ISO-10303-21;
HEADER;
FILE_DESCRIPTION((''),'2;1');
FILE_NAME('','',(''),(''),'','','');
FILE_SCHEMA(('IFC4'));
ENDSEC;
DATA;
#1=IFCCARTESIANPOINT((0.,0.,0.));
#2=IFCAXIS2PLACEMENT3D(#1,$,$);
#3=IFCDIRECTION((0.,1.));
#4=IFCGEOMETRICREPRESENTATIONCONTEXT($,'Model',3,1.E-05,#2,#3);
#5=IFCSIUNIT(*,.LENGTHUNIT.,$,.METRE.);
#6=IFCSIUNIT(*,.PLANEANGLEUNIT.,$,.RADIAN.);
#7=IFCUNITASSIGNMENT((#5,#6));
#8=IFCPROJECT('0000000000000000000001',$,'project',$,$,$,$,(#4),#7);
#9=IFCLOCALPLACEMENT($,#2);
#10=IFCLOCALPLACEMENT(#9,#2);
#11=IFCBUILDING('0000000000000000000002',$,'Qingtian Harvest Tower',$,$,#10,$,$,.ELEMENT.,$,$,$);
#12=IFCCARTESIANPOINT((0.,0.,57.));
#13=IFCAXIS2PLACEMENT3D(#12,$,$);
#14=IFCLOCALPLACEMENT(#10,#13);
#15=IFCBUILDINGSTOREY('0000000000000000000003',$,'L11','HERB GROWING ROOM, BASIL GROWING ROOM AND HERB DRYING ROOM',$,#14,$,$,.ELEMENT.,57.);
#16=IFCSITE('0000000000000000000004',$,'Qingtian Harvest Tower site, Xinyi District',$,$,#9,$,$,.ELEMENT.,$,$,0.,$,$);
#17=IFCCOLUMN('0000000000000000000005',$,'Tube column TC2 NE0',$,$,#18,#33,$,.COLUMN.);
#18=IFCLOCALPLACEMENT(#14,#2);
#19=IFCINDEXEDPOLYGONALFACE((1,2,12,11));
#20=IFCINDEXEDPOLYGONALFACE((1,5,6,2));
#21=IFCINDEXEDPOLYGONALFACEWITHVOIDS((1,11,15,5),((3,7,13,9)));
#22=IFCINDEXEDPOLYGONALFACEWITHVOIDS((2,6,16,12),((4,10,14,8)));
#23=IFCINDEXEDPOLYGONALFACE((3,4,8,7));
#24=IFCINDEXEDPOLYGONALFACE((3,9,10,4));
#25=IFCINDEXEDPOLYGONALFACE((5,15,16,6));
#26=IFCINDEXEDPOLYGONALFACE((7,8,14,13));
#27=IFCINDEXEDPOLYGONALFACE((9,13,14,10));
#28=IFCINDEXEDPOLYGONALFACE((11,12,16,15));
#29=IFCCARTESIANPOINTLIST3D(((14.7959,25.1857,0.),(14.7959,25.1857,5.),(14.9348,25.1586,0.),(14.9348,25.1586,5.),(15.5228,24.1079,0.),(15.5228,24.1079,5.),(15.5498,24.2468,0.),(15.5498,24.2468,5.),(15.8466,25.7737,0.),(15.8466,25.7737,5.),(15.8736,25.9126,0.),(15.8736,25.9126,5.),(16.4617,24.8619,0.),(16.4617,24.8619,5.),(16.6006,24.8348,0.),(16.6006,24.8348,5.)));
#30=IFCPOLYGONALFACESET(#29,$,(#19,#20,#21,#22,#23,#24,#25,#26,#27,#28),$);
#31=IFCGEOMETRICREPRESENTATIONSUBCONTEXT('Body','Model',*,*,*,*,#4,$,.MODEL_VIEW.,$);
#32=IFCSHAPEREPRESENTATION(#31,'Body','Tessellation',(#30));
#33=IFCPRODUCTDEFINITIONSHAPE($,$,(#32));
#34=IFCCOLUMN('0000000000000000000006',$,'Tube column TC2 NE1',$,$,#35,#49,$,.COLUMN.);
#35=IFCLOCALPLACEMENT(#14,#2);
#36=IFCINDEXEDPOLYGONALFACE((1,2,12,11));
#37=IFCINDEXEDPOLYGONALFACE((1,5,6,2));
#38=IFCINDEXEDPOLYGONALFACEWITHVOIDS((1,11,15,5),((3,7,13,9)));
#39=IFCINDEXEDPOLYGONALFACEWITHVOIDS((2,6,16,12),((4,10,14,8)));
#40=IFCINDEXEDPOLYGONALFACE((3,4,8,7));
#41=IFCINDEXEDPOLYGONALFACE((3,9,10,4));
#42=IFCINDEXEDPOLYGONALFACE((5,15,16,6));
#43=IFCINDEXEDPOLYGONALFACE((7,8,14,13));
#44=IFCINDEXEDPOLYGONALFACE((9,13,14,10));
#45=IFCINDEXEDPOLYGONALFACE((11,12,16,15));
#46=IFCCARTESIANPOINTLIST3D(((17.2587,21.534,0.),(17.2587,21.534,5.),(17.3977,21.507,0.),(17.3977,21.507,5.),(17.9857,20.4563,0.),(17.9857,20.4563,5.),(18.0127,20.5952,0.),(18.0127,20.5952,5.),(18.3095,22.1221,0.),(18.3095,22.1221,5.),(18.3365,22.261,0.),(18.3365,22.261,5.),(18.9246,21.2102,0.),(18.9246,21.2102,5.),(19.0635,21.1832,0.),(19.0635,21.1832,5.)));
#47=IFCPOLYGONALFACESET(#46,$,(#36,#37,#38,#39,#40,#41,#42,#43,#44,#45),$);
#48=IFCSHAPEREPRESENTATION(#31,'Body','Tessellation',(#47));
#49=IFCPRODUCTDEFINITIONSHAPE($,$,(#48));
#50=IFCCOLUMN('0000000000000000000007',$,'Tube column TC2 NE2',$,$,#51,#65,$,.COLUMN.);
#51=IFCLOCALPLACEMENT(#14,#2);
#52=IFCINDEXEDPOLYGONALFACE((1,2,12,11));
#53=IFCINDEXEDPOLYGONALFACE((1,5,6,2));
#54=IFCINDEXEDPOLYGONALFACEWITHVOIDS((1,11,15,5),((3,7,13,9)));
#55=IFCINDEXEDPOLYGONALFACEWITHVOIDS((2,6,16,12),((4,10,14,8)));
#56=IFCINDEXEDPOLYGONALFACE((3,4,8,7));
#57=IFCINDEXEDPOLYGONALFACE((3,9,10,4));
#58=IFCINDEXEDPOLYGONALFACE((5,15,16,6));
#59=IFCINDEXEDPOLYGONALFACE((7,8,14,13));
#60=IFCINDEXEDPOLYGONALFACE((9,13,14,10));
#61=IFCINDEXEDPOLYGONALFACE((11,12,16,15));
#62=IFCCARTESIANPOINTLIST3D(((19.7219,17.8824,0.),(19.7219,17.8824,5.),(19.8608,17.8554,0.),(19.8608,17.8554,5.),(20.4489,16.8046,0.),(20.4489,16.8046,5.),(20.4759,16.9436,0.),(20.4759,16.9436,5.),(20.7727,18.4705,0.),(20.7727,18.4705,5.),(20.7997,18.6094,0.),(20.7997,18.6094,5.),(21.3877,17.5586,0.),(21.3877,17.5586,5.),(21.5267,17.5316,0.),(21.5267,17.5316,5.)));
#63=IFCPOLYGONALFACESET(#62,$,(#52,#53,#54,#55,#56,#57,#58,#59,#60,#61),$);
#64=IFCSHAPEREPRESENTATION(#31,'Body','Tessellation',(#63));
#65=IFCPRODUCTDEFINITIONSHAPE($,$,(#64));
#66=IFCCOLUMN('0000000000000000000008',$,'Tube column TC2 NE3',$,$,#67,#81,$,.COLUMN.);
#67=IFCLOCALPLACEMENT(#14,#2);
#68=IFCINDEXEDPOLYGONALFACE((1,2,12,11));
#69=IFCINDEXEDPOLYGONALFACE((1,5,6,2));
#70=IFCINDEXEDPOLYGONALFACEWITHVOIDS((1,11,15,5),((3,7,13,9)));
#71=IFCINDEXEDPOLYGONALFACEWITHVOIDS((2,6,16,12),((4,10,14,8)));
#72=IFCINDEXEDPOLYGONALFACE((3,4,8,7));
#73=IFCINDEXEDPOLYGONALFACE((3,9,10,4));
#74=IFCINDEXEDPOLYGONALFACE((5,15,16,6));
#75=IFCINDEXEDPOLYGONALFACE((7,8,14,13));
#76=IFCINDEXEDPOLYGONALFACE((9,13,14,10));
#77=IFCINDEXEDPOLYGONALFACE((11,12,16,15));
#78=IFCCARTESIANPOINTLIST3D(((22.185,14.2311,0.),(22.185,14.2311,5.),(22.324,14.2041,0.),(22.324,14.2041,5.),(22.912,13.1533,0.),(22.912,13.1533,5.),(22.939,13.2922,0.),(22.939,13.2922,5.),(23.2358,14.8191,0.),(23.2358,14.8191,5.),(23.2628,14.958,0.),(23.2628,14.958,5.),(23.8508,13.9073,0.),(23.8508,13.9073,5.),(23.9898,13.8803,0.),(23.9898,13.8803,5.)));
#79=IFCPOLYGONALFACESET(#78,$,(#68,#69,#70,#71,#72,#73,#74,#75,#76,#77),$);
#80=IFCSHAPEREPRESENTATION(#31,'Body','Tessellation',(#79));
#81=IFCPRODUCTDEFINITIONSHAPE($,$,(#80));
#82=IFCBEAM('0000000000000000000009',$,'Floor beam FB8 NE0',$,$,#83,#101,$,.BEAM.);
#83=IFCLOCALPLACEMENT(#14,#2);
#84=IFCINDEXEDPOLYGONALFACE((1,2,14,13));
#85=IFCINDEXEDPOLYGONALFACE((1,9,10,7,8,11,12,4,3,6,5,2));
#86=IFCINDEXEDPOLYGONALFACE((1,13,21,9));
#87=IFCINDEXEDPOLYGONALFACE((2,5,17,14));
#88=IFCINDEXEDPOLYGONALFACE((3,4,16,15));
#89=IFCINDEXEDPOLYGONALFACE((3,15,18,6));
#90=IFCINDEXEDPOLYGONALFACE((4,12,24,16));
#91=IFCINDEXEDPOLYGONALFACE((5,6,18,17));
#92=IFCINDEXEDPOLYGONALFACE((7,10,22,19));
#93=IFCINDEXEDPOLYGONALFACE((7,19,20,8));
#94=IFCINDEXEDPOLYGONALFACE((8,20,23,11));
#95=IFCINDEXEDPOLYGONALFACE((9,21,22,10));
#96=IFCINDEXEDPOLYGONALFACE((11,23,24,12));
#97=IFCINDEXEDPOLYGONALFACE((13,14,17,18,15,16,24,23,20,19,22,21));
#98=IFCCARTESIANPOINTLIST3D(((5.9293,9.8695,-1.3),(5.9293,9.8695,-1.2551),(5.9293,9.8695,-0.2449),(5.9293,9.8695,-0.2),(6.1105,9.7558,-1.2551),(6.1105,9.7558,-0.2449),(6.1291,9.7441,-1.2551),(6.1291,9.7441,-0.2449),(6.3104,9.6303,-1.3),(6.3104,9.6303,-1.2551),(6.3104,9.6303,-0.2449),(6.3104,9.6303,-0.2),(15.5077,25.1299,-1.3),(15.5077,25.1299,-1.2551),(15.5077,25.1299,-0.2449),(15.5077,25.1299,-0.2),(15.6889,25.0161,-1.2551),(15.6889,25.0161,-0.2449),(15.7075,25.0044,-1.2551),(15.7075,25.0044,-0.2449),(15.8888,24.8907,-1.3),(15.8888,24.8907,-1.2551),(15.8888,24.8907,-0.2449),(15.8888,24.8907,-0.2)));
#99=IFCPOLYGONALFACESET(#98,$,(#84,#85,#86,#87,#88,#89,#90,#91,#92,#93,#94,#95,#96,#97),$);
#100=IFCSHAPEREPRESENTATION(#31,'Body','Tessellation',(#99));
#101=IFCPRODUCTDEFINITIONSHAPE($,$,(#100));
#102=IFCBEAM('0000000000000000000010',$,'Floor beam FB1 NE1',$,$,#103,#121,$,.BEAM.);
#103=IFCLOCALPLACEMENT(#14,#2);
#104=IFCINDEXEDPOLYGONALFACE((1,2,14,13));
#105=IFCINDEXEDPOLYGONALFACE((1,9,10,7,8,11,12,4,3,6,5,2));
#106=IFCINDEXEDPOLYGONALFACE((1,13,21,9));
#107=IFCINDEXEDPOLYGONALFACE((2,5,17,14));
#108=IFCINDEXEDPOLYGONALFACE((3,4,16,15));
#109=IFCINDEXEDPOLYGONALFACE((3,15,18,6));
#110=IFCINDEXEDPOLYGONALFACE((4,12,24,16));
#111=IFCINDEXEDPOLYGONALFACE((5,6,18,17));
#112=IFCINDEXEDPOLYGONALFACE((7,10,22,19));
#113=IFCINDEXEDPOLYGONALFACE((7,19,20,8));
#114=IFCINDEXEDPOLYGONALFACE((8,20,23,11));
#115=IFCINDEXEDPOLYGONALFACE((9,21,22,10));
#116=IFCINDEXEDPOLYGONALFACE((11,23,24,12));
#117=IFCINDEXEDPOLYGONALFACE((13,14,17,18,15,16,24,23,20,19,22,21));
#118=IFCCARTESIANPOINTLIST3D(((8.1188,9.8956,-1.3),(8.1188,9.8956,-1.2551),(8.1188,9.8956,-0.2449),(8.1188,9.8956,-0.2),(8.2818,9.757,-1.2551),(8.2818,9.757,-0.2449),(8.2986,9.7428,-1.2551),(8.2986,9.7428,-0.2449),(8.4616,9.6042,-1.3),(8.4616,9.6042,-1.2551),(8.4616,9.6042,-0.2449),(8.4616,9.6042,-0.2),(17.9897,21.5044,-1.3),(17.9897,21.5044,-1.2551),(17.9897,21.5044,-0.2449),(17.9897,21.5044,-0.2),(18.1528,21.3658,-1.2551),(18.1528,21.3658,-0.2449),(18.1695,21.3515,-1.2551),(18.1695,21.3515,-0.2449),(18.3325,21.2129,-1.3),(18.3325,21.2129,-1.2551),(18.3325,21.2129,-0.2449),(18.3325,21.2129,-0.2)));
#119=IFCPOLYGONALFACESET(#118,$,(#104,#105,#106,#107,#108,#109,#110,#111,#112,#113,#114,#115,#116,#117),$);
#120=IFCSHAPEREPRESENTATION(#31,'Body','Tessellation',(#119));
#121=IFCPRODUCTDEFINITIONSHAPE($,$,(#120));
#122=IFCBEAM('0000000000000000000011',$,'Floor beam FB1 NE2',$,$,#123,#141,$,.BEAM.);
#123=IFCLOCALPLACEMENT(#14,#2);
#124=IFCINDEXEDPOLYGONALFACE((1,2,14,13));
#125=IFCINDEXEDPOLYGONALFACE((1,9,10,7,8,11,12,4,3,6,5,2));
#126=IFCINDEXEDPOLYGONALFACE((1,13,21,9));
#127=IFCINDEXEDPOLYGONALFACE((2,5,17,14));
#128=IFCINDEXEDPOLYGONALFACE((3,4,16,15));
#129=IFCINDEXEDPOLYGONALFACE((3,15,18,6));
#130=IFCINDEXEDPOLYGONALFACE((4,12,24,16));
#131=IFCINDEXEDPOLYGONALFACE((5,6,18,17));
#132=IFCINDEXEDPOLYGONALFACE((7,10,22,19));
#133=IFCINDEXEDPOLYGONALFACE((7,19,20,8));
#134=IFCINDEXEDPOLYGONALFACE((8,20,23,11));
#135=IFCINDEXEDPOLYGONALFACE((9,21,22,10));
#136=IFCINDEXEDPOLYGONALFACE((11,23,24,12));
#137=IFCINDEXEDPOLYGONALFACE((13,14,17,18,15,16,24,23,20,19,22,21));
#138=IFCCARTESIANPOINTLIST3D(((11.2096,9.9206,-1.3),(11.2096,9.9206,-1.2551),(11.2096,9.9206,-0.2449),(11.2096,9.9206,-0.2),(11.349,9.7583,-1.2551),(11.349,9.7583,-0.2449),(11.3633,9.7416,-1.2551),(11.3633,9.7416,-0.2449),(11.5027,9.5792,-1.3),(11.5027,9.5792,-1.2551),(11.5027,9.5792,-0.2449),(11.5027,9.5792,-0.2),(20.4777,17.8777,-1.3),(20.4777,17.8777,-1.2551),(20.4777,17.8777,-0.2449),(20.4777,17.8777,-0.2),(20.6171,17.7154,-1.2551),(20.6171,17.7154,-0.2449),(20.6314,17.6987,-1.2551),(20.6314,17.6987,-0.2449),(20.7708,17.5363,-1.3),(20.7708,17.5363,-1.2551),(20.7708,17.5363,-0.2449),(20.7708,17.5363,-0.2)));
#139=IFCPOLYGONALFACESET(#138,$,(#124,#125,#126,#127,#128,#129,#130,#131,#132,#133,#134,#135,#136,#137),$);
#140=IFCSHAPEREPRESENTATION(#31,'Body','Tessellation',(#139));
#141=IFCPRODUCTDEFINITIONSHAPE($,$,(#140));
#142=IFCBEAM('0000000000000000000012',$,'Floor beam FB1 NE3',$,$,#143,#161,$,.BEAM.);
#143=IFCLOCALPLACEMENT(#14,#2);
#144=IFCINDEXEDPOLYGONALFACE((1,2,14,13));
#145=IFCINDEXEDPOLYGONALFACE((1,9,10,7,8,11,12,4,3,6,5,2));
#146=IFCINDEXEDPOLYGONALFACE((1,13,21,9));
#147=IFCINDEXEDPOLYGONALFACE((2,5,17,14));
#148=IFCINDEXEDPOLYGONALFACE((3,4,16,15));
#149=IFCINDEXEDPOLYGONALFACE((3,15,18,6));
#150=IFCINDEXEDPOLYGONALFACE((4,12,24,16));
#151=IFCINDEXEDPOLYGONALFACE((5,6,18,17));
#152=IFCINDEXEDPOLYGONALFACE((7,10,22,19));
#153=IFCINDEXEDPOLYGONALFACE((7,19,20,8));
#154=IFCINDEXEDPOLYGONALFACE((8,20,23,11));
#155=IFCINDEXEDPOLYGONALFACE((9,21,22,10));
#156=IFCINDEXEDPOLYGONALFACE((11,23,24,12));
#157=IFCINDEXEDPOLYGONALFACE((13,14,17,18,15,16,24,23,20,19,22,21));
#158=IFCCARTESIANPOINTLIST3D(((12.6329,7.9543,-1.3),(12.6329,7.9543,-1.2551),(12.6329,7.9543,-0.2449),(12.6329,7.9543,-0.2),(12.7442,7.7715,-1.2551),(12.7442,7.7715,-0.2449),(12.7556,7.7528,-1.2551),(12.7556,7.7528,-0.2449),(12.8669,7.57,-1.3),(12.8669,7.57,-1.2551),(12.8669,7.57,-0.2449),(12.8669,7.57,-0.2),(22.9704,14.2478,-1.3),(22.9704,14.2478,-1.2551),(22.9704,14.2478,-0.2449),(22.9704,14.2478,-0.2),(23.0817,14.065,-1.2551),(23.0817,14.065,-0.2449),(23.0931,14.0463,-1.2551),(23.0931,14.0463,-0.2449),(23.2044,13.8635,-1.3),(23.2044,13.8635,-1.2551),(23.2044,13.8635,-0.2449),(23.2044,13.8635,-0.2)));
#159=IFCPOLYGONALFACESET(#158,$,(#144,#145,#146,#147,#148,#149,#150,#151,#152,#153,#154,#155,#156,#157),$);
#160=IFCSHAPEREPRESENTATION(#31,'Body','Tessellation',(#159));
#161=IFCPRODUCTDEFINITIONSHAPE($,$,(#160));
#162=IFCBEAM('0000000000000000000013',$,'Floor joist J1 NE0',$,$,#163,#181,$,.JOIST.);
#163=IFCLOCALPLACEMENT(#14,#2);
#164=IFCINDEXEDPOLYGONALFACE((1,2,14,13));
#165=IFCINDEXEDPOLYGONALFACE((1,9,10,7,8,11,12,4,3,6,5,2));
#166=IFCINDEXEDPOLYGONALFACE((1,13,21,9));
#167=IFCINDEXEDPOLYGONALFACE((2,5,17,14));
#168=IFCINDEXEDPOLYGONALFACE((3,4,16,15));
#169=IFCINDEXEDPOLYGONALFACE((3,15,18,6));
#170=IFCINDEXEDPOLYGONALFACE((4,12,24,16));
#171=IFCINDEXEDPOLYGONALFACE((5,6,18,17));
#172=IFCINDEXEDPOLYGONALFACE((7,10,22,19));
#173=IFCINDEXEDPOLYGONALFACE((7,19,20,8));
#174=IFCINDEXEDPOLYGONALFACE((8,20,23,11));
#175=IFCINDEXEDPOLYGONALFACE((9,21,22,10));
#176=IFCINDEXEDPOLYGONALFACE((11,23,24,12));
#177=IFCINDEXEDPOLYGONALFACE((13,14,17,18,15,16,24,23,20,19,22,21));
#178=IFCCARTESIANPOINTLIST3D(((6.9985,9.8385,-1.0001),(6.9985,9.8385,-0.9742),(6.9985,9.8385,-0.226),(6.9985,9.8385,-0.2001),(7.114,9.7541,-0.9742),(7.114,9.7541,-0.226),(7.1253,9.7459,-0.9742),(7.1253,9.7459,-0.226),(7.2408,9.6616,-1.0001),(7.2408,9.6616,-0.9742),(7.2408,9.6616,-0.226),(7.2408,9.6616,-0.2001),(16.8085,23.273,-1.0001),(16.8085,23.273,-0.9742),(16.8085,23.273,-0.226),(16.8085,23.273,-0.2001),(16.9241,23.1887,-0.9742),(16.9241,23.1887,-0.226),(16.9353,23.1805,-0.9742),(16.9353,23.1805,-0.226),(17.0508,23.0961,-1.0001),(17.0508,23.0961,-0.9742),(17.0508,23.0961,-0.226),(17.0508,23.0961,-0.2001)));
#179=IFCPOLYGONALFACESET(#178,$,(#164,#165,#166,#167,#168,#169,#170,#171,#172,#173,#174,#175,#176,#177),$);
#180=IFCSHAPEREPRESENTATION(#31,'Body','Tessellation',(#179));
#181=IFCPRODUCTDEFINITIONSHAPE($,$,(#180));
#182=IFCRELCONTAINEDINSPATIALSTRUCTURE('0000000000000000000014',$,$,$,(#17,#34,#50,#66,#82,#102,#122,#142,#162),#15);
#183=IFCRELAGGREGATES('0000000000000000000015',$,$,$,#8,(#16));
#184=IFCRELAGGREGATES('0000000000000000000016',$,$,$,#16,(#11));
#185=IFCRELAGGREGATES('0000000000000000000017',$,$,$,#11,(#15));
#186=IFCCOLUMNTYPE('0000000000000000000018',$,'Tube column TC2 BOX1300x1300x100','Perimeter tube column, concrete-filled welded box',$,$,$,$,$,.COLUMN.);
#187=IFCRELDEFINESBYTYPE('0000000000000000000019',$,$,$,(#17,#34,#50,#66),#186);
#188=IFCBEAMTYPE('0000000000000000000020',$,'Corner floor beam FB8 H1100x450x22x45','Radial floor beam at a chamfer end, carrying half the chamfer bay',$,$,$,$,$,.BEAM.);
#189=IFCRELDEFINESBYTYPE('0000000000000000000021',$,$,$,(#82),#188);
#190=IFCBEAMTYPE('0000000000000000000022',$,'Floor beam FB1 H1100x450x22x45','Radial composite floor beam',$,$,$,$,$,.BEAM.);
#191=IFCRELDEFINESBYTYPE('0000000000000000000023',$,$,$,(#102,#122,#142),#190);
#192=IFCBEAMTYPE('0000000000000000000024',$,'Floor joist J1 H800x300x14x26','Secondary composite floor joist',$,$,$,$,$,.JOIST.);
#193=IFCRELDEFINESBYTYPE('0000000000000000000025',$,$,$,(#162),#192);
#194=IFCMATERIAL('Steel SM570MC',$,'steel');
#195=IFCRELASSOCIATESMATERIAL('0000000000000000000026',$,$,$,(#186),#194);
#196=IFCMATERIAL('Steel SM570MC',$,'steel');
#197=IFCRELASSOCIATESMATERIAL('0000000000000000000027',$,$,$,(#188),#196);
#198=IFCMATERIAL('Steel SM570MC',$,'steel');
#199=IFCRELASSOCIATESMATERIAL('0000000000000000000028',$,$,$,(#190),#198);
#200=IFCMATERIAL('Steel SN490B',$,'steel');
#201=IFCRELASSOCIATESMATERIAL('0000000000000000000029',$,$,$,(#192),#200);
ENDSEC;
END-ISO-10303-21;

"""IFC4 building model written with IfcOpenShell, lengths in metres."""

from ifc_helpers import new_model, si_unit, direction, frame, origin, origin_2d, place, context, subcontext, project, spatial, hollow_rectangle, i_section, extrude, material, material_profile, profile_set, type_object, element, save


model = new_model("IFC4")

# Units and contexts
model_context = context("Model", 3, precision=1e-05, world=origin(), true_north=direction((0.0, 1.0)))
body_context = subcontext(model_context, "Body", "Model", "MODEL_VIEW")
ifc_project = project(units=[si_unit("LENGTHUNIT", "METRE"), si_unit("PLANEANGLEUNIT", "RADIAN")], contexts=[model_context])

# Site, building, storey
site_placement = place(None, origin())
site = spatial("IfcSite", under=ifc_project, at=site_placement, Name="Qingtian Harvest Tower site, Xinyi District", CompositionType="ELEMENT", RefElevation=0.0)
building_placement = place(site_placement, origin())
building = spatial("IfcBuilding", under=site, at=building_placement, Name="Qingtian Harvest Tower", CompositionType="ELEMENT")
storey_placement = place(building_placement, frame((0.0, 0.0, 57.0)))
storey = spatial("IfcBuildingStorey", under=building, at=storey_placement, Name="L11", Description="HERB GROWING ROOM, BASIL GROWING ROOM AND HERB DRYING ROOM", CompositionType="ELEMENT", Elevation=57.0)

# Columns
ifc_material_1 = material(Name="Steel SM570MC", Category="steel")
ifc_material_profile_1 = material_profile(ifc_material_1, hollow_rectangle(XDim=1.3, YDim=1.3, WallThickness=0.1001, at=origin_2d()), Name="BOX1300x1300x100")
ifc_profile_set_1 = profile_set([ifc_material_profile_1], Name="Steel SM570MC")
column_type = type_object("IfcColumnType", Name="Tube column TC2 BOX1300x1300x100", Description="Perimeter tube column, concrete-filled welded box", PredefinedType="COLUMN", material=ifc_profile_set_1)
for number, where, z_axis, x_axis, name in (
    (1, (15.6982, 25.0103, 0.0), (0.0, 0.0, 1.0), (-0.559193, 0.829038, 0.0), "Tube column TC2 NE0"),
    (2, (18.1611, 21.3586, 0.0), (0.0, 0.0, 1.0), (-0.559193, 0.829038, 0.0), "Tube column TC2 NE1"),
    (3, (20.6243, 17.707, 0.0), (0.0, 0.0, 1.0), (-0.559193, 0.829038, 0.0), "Tube column TC2 NE2"),
    (4, (23.0874, 14.0557, 0.0), (0.0, 0.0, 1.0), (-0.559193, 0.829038, 0.0), "Tube column TC2 NE3"),
):
    element("IfcColumn", number, at=place(storey_placement, frame(where, z_axis=z_axis, x_axis=x_axis)), inside=storey, type_object=column_type, Name=name, PredefinedType="COLUMN", context=body_context, shape_type="SweptSolid", body=[
        extrude(hollow_rectangle(XDim=1.3, YDim=1.3, WallThickness=0.1001, at=origin_2d()), origin(), (0.0, 0.0, 1.0), 5.0),
    ])

# Beams
ifc_material_2 = material(Name="Steel SM570MC", Category="steel")
ifc_material_profile_2 = material_profile(ifc_material_2, i_section(OverallWidth=0.45, OverallDepth=1.1001, WebThickness=0.022, FlangeThickness=0.0449, at=origin_2d()), Name="H1100x450x22x45")
ifc_profile_set_2 = profile_set([ifc_material_profile_2], Name="Steel SM570MC")
beam_type_1 = type_object("IfcBeamType", Name="Corner floor beam FB8 H1100x450x22x45", Description="Radial floor beam at a chamfer end, carrying half the chamfer bay", PredefinedType="BEAM", material=ifc_profile_set_2)
beam_1_placement = place(storey_placement, frame((15.6982, 25.0103, -0.75), z_axis=(-0.531623, -0.846981, 0.0), x_axis=(0.846981, -0.531623, 0.0)))
element("IfcBeam", 5, at=beam_1_placement, inside=storey, type_object=beam_type_1, Name="Floor beam FB8 NE0", PredefinedType="BEAM", context=body_context, shape_type="SweptSolid", body=[
    extrude(i_section(OverallWidth=0.45, OverallDepth=1.1001, WebThickness=0.022, FlangeThickness=0.0449, at=origin_2d()), origin(), (0.0, 0.0, 1.0), 18.0173),
])
ifc_material_3 = material(Name="Steel SM570MC", Category="steel")
ifc_material_profile_3 = material_profile(ifc_material_3, i_section(OverallWidth=0.45, OverallDepth=1.1001, WebThickness=0.022, FlangeThickness=0.0449, at=origin_2d()), Name="H1100x450x22x45")
ifc_profile_set_3 = profile_set([ifc_material_profile_3], Name="Steel SM570MC")
beam_type_2 = type_object("IfcBeamType", Name="Floor beam FB1 H1100x450x22x45", Description="Radial composite floor beam", PredefinedType="BEAM", material=ifc_profile_set_3)
beam_2_placement = place(storey_placement, frame((18.1611, 21.3586, -0.75), z_axis=(-0.647782, -0.761826, 0.0), x_axis=(0.761826, -0.647782, 0.0)))
element("IfcBeam", 6, at=beam_2_placement, inside=storey, type_object=beam_type_2, Name="Floor beam FB1 NE1", PredefinedType="BEAM", context=body_context, shape_type="SweptSolid", body=[
    extrude(i_section(OverallWidth=0.45, OverallDepth=1.1001, WebThickness=0.022, FlangeThickness=0.0449, at=origin_2d()), origin(), (0.0, 0.0, 1.0), 15.238),
])
beam_3_placement = place(storey_placement, frame((20.6243, 17.707, -0.75), z_axis=(-0.758732, -0.651403, 0.0), x_axis=(0.651403, -0.758732, 0.0)))
element("IfcBeam", 7, at=beam_3_placement, inside=storey, type_object=beam_type_2, Name="Floor beam FB1 NE2", PredefinedType="BEAM", context=body_context, shape_type="SweptSolid", body=[
    extrude(i_section(OverallWidth=0.45, OverallDepth=1.1001, WebThickness=0.022, FlangeThickness=0.0449, at=origin_2d()), origin(), (0.0, 0.0, 1.0), 12.2153),
])
beam_4_placement = place(storey_placement, frame((23.0874, 14.0557, -0.75), z_axis=(-0.854157, -0.520015, 0.0), x_axis=(0.520015, -0.854157, 0.0)))
element("IfcBeam", 8, at=beam_4_placement, inside=storey, type_object=beam_type_2, Name="Floor beam FB1 NE3", PredefinedType="BEAM", context=body_context, shape_type="SweptSolid", body=[
    extrude(i_section(OverallWidth=0.45, OverallDepth=1.1001, WebThickness=0.022, FlangeThickness=0.0449, at=origin_2d()), origin(), (0.0, 0.0, 1.0), 12.1025),
])
ifc_material_4 = material(Name="Steel SN490B", Category="steel")
ifc_material_profile_4 = material_profile(ifc_material_4, i_section(OverallWidth=0.3, OverallDepth=0.8, WebThickness=0.0139, FlangeThickness=0.0259, at=origin_2d()), Name="H800x300x14x26")
ifc_profile_set_4 = profile_set([ifc_material_profile_4], Name="Steel SN490B")
beam_type_3 = type_object("IfcBeamType", Name="Floor joist J1 H800x300x14x26", Description="Secondary composite floor joist", PredefinedType="JOIST", material=ifc_profile_set_4)
beam_5_placement = place(storey_placement, frame((16.9297, 23.1846, -0.6001), z_axis=(-0.589722, -0.807606, 0.0), x_axis=(0.807606, -0.589722, 0.0)))
element("IfcBeam", 9, at=beam_5_placement, inside=storey, type_object=beam_type_3, Name="Floor joist J1 NE0", PredefinedType="JOIST", context=body_context, shape_type="SweptSolid", body=[
    extrude(i_section(OverallWidth=0.3, OverallDepth=0.8, WebThickness=0.0139, FlangeThickness=0.0259, at=origin_2d()), origin(), (0.0, 0.0, 1.0), 16.635),
])

save(model, "model.ifc")
